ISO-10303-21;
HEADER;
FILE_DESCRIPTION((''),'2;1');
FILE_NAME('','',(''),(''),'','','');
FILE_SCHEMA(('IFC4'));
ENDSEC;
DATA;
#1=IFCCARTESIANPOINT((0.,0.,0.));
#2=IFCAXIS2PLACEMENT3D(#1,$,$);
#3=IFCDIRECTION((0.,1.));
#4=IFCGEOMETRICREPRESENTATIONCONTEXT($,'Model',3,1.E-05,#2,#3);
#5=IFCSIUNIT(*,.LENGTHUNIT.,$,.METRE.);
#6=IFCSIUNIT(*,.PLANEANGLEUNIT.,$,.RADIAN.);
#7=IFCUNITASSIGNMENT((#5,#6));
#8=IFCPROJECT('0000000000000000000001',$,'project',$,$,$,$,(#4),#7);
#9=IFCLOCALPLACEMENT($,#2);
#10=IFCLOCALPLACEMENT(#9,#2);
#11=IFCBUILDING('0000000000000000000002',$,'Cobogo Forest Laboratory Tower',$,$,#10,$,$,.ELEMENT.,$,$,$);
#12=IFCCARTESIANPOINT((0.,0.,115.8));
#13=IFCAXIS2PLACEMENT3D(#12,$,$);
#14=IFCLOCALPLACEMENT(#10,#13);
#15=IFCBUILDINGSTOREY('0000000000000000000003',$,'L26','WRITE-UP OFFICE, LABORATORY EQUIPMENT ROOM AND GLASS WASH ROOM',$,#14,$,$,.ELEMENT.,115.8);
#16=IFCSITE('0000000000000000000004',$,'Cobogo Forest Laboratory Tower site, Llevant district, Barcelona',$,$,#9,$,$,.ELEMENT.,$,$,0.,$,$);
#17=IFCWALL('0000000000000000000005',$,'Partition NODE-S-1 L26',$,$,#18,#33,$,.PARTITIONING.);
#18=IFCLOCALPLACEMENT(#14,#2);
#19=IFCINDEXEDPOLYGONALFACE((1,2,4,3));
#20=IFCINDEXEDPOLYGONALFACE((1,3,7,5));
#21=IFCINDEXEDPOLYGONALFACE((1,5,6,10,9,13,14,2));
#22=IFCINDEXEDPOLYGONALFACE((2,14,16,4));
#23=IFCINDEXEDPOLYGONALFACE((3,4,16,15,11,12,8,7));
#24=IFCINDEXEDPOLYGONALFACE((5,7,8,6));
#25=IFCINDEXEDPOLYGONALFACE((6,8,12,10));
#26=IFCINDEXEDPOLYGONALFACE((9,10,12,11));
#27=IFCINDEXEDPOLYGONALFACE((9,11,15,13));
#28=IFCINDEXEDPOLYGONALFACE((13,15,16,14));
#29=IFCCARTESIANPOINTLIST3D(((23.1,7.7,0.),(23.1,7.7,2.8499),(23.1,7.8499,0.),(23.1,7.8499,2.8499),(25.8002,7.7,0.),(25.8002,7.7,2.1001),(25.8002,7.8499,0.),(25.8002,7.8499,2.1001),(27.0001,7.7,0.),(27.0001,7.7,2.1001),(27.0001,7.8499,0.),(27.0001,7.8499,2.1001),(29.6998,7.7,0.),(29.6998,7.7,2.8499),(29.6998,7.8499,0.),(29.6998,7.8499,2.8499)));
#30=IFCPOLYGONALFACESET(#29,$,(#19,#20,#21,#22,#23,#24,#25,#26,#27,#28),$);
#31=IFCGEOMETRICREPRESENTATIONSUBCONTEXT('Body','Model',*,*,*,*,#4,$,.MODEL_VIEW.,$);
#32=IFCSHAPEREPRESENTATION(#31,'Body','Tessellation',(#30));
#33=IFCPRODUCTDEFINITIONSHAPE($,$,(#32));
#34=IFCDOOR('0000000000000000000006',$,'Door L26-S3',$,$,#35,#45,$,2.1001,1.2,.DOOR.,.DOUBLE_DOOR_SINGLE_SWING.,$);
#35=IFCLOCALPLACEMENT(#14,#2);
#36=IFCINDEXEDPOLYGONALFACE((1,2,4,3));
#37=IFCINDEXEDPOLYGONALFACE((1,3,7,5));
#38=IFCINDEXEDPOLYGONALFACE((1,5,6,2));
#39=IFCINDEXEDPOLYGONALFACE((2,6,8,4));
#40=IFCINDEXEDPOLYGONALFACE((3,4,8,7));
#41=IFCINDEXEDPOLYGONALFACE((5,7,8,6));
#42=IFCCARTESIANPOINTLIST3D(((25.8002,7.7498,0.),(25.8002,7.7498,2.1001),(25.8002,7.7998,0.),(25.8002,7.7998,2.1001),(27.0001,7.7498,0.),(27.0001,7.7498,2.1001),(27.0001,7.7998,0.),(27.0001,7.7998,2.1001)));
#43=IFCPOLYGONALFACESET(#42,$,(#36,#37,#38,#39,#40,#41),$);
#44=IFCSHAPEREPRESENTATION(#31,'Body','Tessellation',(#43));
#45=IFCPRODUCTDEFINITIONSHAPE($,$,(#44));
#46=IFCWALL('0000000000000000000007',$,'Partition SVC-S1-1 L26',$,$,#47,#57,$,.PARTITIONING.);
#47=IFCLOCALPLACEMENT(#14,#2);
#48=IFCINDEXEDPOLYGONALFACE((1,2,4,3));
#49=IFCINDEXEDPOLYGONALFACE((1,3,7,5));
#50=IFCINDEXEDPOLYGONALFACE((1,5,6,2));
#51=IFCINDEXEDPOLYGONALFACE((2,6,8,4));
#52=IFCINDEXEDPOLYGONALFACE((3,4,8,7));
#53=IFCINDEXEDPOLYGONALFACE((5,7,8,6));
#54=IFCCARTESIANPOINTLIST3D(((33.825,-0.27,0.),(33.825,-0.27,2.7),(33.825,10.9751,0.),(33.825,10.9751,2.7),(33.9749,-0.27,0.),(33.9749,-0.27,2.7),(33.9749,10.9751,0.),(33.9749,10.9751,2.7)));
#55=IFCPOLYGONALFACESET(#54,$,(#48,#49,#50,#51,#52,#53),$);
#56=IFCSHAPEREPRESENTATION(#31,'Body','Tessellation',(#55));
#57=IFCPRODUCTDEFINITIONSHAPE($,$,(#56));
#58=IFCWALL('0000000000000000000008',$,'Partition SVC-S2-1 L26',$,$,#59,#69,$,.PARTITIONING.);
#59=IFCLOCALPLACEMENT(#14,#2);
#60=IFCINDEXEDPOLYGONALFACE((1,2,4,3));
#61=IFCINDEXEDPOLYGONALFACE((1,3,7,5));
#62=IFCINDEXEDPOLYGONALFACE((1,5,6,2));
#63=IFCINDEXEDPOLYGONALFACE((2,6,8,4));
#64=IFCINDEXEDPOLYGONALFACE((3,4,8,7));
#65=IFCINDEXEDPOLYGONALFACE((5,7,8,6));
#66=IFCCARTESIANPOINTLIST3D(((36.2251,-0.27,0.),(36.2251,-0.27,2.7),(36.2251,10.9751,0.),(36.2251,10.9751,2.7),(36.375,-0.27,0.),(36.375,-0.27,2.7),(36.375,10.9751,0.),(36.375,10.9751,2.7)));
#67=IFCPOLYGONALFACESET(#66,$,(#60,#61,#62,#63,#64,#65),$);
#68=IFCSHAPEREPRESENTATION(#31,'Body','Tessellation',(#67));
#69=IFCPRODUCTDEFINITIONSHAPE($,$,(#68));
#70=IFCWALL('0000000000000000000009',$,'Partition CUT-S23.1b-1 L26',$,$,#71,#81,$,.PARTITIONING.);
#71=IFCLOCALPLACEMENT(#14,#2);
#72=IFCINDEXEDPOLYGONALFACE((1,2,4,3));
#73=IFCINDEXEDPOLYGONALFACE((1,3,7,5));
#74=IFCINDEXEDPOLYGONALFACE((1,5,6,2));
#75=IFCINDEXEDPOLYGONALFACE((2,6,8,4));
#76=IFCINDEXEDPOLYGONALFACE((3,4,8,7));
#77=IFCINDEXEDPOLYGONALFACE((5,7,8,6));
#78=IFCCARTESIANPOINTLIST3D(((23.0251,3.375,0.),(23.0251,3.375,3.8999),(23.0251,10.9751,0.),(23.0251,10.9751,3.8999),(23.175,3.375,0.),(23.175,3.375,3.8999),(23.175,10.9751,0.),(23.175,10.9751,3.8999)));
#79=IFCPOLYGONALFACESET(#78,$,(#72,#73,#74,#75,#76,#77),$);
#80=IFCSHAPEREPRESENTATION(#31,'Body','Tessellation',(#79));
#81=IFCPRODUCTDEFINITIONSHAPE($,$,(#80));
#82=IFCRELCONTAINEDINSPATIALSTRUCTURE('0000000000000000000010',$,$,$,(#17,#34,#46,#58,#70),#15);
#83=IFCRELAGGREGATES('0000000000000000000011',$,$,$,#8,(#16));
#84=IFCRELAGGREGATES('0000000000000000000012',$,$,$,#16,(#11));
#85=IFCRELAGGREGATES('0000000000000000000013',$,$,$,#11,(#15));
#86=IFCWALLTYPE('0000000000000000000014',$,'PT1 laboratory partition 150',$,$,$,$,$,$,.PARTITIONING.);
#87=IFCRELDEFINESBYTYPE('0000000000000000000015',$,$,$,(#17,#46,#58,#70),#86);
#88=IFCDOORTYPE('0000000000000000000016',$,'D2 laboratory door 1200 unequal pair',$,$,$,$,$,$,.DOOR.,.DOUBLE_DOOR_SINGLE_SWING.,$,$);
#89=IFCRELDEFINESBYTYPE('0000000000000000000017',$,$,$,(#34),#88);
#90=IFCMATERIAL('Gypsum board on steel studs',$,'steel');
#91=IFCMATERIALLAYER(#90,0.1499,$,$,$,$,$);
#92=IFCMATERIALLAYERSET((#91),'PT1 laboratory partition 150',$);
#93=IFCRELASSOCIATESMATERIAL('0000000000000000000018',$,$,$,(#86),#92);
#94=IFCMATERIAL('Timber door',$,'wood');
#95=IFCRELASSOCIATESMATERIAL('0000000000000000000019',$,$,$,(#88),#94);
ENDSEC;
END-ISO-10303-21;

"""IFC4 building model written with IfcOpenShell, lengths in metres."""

from ifc_helpers import new_model, si_unit, direction, frame, frame_2d, origin, place, context, subcontext, project, spatial, rectangle, extrude, material, layer, layer_set, type_object, element, fill, save


model = new_model("IFC4")

# Units and contexts
model_context = context("Model", 3, precision=1e-05, world=origin(), true_north=direction((0.0, 1.0)))
body_context = subcontext(model_context, "Body", "Model", "MODEL_VIEW")
ifc_project = project(units=[si_unit("LENGTHUNIT", "METRE"), si_unit("PLANEANGLEUNIT", "RADIAN")], contexts=[model_context])

# Site, building, storey
site_placement = place(None, origin())
site = spatial("IfcSite", under=ifc_project, at=site_placement, Name="Cobogo Forest Laboratory Tower site, Llevant district, Barcelona", CompositionType="ELEMENT", RefElevation=0.0)
building_placement = place(site_placement, origin())
building = spatial("IfcBuilding", under=site, at=building_placement, Name="Cobogo Forest Laboratory Tower", CompositionType="ELEMENT")
storey_placement = place(building_placement, frame((0.0, 0.0, 115.8)))
storey = spatial("IfcBuildingStorey", under=building, at=storey_placement, Name="L26", Description="WRITE-UP OFFICE, LABORATORY EQUIPMENT ROOM AND GLASS WASH ROOM", CompositionType="ELEMENT", Elevation=115.8)

# Shared definitions
ifc_material_1 = material(Name="Gypsum board on steel studs", Category="steel")
ifc_layer = layer(ifc_material_1, 0.1499)
ifc_layer_set = layer_set([ifc_layer], Name="PT1 laboratory partition 150")
wall_type = type_object("IfcWallType", Name="PT1 laboratory partition 150", PredefinedType="PARTITIONING", material=ifc_layer_set)

# Wall, opening, door
wall_1_placement = place(storey_placement, frame((23.1001, 7.7749, 0.0), z_axis=(0.0, 0.0, 1.0), x_axis=(1.0, 0.0, 0.0)))
wall_1 = element("IfcWall", 1, at=wall_1_placement, inside=storey, type_object=wall_type, Name="Partition NODE-S-1 L26", PredefinedType="PARTITIONING", context=body_context, shape_type="SweptSolid", body=[
    extrude(rectangle(XDim=6.5999, YDim=0.1499, at=frame_2d((3.2998, 0.0))), origin(), (0.0, 0.0, 1.0), 2.8499),
])
opening_1_placement = place(wall_1_placement, frame((2.7, 0.0, 0.0)))
opening_1 = element("IfcOpeningElement", 2, at=opening_1_placement, cuts=wall_1, PredefinedType="OPENING", context=body_context, shape_type="SweptSolid", body=[
    extrude(rectangle(XDim=1.2, YDim=2.1001, at=frame_2d((0.6001, 1.05))), frame((0.0, 0.085, 0.0), z_axis=(0.0, -1.0, 0.0), x_axis=(1.0, 0.0, 0.0)), (0.0, 0.0, 1.0), 0.1699),
])
ifc_material_2 = material(Name="Timber door", Category="wood")
door_type_1 = type_object("IfcDoorType", Name="D2 laboratory door 1200 unequal pair", OperationType="DOUBLE_DOOR_SINGLE_SWING", PredefinedType="DOOR", material=ifc_material_2)
door_1_placement = place(opening_1_placement, origin())
door_1 = element("IfcDoor", 3, at=door_1_placement, inside=storey, type_object=door_type_1, Name="Door L26-S3", OperationType="DOUBLE_DOOR_SINGLE_SWING", OverallHeight=2.1001, OverallWidth=1.2, PredefinedType="DOOR", context=body_context, shape_type="SweptSolid", body=[
    extrude(rectangle(XDim=1.2, YDim=2.1001, at=frame_2d((0.6001, 1.05))), frame((0.0, 0.0249, 0.0), z_axis=(0.0, -1.0, 0.0), x_axis=(1.0, 0.0, 0.0)), (0.0, 0.0, 1.0), 0.05),
])
fill(opening_1, door_1)

# Walls
for number, where, z_axis, x_axis, name in (
    (4, (33.8999, -0.27, 0.0), (0.0, 0.0, 1.0), (0.0, 1.0, 0.0), "Partition SVC-S1-1 L26"),
    (5, (36.3, -0.27, 0.0), (0.0, 0.0, 1.0), (0.0, 1.0, 0.0), "Partition SVC-S2-1 L26"),
):
    element("IfcWall", number, at=place(storey_placement, frame(where, z_axis=z_axis, x_axis=x_axis)), inside=storey, type_object=wall_type, Name=name, PredefinedType="PARTITIONING", context=body_context, shape_type="SweptSolid", body=[
        extrude(rectangle(XDim=11.2451, YDim=0.1499, at=frame_2d((5.6226, 0.0))), origin(), (0.0, 0.0, 1.0), 2.7),
    ])
wall_2_placement = place(storey_placement, frame((23.1001, 3.375, 0.0), z_axis=(0.0, 0.0, 1.0), x_axis=(0.0, 1.0, 0.0)))
element("IfcWall", 6, at=wall_2_placement, inside=storey, type_object=wall_type, Name="Partition CUT-S23.1b-1 L26", PredefinedType="PARTITIONING", context=body_context, shape_type="SweptSolid", body=[
    extrude(rectangle(XDim=7.6001, YDim=0.1499, at=frame_2d((3.8, 0.0))), origin(), (0.0, 0.0, 1.0), 3.8999),
])

save(model, "model.ifc")
